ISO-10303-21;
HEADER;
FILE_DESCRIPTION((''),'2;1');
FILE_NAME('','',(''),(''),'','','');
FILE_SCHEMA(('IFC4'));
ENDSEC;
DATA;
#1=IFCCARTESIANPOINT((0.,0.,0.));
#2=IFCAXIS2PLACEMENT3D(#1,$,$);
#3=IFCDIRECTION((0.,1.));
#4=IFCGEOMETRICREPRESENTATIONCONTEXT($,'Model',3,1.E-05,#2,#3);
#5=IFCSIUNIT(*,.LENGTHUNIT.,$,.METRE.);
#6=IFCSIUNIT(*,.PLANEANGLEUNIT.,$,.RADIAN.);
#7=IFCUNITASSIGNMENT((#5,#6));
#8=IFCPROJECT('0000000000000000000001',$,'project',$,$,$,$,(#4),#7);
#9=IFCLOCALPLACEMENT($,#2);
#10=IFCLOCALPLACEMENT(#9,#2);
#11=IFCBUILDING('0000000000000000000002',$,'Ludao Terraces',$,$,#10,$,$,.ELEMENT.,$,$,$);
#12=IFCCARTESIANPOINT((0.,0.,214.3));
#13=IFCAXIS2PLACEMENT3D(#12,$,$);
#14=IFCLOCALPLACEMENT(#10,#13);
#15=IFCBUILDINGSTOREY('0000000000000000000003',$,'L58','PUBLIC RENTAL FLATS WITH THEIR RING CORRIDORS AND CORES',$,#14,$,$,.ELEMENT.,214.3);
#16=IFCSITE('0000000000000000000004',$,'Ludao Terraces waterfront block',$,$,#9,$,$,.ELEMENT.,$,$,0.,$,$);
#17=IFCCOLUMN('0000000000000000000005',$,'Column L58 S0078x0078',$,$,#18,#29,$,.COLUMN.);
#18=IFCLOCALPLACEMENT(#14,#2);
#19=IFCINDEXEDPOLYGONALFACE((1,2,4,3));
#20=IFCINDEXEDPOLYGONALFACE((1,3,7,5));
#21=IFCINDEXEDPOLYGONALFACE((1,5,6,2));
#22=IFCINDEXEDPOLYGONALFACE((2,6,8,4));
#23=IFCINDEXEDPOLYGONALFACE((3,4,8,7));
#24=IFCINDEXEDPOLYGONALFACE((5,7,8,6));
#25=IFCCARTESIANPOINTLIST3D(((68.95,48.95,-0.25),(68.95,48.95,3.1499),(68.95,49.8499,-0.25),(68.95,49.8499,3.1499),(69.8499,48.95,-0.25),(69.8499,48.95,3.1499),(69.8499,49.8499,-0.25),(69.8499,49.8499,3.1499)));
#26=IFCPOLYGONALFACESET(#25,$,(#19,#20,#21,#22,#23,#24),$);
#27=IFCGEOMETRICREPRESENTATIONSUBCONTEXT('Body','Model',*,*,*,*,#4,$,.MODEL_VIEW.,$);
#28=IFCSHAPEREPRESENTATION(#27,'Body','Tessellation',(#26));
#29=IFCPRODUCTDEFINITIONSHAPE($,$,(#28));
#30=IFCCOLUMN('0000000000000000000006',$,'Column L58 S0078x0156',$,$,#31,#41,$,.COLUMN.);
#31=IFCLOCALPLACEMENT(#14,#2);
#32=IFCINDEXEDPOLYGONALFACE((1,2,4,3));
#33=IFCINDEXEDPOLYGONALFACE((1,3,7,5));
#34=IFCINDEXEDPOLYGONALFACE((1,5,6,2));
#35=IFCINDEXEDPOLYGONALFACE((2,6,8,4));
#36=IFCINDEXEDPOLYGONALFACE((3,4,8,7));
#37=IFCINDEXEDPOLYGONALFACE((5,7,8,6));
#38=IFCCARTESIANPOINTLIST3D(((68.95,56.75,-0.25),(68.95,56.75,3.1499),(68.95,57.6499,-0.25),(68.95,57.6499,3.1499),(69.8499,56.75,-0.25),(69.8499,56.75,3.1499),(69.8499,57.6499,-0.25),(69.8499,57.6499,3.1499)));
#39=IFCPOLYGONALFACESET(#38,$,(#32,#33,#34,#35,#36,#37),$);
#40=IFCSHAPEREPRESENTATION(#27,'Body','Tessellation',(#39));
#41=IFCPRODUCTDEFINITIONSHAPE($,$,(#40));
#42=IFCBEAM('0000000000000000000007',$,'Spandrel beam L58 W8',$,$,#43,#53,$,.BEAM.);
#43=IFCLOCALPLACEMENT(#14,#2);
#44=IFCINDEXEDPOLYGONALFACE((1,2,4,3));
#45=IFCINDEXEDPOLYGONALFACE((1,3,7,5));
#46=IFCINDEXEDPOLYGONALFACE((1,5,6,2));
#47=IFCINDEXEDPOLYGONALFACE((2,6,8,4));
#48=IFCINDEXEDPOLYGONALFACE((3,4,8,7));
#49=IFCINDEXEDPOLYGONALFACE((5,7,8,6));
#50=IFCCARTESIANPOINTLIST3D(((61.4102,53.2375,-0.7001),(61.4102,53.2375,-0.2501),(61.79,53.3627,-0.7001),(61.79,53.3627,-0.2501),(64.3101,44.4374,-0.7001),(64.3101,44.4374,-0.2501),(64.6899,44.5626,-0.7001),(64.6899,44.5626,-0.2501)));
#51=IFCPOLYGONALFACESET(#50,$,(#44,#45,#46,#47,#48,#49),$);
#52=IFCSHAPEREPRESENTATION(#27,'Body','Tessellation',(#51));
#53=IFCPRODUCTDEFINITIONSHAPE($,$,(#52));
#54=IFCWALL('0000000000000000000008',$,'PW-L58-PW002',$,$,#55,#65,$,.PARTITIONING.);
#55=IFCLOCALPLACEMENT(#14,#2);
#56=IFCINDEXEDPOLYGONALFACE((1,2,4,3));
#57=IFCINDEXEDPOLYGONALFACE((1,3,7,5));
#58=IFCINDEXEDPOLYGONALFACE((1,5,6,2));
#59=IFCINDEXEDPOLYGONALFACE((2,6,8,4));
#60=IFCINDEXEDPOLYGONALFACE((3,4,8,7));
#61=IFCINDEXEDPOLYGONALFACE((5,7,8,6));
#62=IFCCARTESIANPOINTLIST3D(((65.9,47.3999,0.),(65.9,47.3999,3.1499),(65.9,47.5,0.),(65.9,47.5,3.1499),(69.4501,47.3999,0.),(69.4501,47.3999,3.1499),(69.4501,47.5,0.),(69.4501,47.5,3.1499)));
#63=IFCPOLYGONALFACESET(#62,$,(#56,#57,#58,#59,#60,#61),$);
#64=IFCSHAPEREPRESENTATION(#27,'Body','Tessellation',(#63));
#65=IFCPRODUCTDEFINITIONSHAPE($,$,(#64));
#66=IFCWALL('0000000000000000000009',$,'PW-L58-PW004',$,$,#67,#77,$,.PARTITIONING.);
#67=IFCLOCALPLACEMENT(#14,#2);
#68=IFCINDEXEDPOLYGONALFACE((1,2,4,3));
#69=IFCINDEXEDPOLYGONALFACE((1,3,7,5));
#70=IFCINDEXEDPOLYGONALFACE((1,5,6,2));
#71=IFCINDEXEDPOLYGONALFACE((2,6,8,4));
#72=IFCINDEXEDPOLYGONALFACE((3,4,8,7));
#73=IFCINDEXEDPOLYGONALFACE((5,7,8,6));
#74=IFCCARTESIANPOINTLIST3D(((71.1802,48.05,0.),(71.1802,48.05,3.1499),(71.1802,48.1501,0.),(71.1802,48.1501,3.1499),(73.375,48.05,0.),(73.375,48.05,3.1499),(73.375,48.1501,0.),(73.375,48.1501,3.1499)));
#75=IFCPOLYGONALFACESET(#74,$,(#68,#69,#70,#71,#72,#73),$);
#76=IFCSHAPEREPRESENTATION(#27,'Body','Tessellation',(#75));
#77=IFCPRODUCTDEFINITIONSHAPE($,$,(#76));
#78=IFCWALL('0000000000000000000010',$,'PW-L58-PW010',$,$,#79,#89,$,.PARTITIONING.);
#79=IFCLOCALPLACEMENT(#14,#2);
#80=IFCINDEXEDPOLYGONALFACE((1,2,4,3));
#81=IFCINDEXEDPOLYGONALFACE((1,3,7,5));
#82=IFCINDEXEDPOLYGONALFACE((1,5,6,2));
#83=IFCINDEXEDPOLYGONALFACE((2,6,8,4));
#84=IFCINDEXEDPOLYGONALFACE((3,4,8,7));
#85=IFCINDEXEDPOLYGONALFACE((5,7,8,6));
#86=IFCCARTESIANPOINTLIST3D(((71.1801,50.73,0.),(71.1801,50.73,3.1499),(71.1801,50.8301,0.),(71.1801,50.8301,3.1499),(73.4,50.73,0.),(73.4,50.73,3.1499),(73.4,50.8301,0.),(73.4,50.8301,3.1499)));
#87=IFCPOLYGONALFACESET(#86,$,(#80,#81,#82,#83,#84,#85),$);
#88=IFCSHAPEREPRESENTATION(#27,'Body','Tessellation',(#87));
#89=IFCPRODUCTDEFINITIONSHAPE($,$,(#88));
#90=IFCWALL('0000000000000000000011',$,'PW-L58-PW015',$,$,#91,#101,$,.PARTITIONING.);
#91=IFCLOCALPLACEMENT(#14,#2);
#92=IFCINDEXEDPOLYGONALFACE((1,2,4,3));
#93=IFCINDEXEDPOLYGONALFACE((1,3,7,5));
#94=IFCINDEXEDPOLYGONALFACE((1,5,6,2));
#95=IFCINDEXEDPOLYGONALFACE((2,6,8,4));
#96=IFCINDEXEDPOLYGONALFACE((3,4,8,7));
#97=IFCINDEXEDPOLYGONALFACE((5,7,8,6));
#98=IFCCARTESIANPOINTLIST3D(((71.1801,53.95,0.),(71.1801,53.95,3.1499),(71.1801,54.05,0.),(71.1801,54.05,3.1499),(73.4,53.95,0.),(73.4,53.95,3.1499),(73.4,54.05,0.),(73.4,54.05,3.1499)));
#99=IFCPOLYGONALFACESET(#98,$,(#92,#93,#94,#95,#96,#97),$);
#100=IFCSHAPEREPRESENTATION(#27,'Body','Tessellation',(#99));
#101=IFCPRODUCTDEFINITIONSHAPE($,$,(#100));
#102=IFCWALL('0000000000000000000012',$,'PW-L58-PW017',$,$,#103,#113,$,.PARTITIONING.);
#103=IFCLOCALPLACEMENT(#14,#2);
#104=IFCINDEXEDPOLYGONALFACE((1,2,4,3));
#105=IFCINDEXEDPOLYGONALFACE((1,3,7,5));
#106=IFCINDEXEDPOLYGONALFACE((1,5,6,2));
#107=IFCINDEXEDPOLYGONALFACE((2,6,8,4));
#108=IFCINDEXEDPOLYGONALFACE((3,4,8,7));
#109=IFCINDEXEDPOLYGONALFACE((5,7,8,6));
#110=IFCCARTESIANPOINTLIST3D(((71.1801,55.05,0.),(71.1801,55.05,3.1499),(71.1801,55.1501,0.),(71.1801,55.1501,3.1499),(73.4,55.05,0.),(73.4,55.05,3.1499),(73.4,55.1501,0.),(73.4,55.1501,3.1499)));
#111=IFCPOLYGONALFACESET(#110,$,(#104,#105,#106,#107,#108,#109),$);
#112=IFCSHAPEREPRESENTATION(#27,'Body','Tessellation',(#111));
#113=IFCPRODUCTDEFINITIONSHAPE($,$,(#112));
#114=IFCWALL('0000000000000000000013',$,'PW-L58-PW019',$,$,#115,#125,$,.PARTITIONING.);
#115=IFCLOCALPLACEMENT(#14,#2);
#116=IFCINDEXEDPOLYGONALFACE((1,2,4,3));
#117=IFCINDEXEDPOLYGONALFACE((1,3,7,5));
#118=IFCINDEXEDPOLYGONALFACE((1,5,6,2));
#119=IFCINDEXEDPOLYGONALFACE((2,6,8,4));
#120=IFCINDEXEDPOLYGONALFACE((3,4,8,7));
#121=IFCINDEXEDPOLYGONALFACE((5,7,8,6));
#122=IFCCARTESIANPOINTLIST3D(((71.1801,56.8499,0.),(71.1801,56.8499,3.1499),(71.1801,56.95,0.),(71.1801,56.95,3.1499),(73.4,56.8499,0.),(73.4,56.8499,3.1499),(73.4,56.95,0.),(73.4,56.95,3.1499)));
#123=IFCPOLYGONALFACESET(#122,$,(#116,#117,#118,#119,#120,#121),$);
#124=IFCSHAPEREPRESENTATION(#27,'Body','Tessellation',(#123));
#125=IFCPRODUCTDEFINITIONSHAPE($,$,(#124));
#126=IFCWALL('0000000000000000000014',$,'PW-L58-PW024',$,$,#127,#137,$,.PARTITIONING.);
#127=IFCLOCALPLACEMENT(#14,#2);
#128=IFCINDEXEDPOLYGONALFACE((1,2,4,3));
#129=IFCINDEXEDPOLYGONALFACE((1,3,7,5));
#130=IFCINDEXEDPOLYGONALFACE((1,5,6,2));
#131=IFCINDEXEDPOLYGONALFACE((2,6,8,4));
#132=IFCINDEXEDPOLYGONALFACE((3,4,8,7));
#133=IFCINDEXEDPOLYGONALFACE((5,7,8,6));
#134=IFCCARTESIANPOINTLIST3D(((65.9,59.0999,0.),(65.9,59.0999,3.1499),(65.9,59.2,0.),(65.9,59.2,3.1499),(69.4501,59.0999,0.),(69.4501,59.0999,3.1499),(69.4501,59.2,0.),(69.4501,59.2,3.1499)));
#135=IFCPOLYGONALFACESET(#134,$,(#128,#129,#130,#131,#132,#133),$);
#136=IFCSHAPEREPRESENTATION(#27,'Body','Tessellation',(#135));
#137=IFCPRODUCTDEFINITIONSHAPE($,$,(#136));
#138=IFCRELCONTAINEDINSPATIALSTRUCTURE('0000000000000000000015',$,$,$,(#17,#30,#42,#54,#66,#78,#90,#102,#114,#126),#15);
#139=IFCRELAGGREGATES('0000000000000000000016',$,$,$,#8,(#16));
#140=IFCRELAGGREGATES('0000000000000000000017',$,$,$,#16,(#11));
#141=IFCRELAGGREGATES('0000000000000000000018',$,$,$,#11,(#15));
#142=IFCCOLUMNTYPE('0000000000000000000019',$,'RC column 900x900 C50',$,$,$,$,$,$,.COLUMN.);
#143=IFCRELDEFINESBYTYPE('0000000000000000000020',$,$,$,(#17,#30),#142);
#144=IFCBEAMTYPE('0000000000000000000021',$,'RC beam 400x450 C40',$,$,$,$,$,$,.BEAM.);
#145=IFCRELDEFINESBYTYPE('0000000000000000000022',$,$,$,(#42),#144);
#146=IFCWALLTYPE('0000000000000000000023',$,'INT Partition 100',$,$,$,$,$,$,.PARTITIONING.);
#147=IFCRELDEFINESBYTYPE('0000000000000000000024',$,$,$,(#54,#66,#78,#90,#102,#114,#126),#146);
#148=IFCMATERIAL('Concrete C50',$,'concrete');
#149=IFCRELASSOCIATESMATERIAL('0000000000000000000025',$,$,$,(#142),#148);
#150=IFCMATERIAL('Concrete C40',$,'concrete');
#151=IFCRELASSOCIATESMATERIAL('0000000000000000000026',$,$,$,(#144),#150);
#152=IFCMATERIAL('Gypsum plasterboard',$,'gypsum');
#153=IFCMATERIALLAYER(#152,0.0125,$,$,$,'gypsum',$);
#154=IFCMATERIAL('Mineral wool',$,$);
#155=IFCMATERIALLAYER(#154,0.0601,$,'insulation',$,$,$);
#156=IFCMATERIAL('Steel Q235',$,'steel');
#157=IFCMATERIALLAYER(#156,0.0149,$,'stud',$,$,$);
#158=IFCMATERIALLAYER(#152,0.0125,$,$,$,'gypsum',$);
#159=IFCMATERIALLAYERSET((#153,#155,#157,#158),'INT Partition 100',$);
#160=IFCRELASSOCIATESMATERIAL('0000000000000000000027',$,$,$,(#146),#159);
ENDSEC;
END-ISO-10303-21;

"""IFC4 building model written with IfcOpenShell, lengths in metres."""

from ifc_helpers import new_model, si_unit, direction, frame, frame_2d, origin, origin_2d, place, context, subcontext, project, spatial, rectangle, extrude, material, layer, layer_set, material_profile, profile_set, type_object, element, save


model = new_model("IFC4")

# Units and contexts
model_context = context("Model", 3, precision=1e-05, world=origin(), true_north=direction((0.0, 1.0)))
body_context = subcontext(model_context, "Body", "Model", "MODEL_VIEW")
ifc_project = project(units=[si_unit("LENGTHUNIT", "METRE"), si_unit("PLANEANGLEUNIT", "RADIAN")], contexts=[model_context])

# Site, building, storey
site_placement = place(None, origin())
site = spatial("IfcSite", under=ifc_project, at=site_placement, Name="Ludao Terraces waterfront block", CompositionType="ELEMENT", RefElevation=0.0)
building_placement = place(site_placement, origin())
building = spatial("IfcBuilding", under=site, at=building_placement, Name="Ludao Terraces", CompositionType="ELEMENT")
storey_placement = place(building_placement, frame((0.0, 0.0, 214.3)))
storey = spatial("IfcBuildingStorey", under=building, at=storey_placement, Name="L58", Description="PUBLIC RENTAL FLATS WITH THEIR RING CORRIDORS AND CORES", CompositionType="ELEMENT", Elevation=214.3)

# Columns
ifc_material_1 = material(Name="Concrete C50", Category="concrete")
ifc_material_profile_1 = material_profile(ifc_material_1, rectangle(XDim=0.8999, YDim=0.8999, at=origin_2d()), Name="900 X 900")
ifc_profile_set_1 = profile_set([ifc_material_profile_1], Name="Concrete C50")
column_type = type_object("IfcColumnType", Name="RC column 900x900 C50", PredefinedType="COLUMN", material=ifc_profile_set_1)
for number, where, z_axis, x_axis, name in (
    (1, (69.3999, 49.3999, -0.25), (0.0, 0.0, 1.0), (1.0, 0.0, 0.0), "Column L58 S0078x0078"),
    (2, (69.3999, 57.2, -0.25), (0.0, 0.0, 1.0), (1.0, 0.0, 0.0), "Column L58 S0078x0156"),
):
    element("IfcColumn", number, at=place(storey_placement, frame(where, z_axis=z_axis, x_axis=x_axis)), inside=storey, type_object=column_type, Name=name, PredefinedType="COLUMN", context=body_context, shape_type="SweptSolid", body=[
        extrude(rectangle(XDim=0.8999, YDim=0.8999, at=origin_2d()), origin(), (0.0, 0.0, 1.0), 3.3999),
    ])

# Beam
ifc_material_2 = material(Name="Concrete C40", Category="concrete")
ifc_material_profile_2 = material_profile(ifc_material_2, rectangle(XDim=0.3999, YDim=0.45, at=origin_2d()), Name="400 X 450")
ifc_profile_set_2 = profile_set([ifc_material_profile_2], Name="Concrete C40")
beam_type = type_object("IfcBeamType", Name="RC beam 400x450 C40", PredefinedType="BEAM", material=ifc_profile_set_2)
beam_placement = place(storey_placement, frame((64.5, 44.5, -0.4751), z_axis=(-0.312977, 0.949761, 0.0), x_axis=(-0.949761, -0.312977, 0.0)))
element("IfcBeam", 3, at=beam_placement, inside=storey, type_object=beam_type, Name="Spandrel beam L58 W8", PredefinedType="BEAM", context=body_context, shape_type="SweptSolid", body=[
    extrude(rectangle(XDim=0.3999, YDim=0.45, at=origin_2d()), origin(), (0.0, 0.0, 1.0), 9.2656),
])

# Walls
ifc_material_3 = material(Name="Gypsum plasterboard", Category="gypsum")
ifc_layer_1 = layer(ifc_material_3, 0.0125, Category="gypsum")
ifc_material_4 = material(Name="Mineral wool")
ifc_layer_2 = layer(ifc_material_4, 0.0601, Name="insulation")
ifc_material_5 = material(Name="Steel Q235", Category="steel")
ifc_layer_3 = layer(ifc_material_5, 0.0149, Name="stud")
ifc_layer_4 = layer(ifc_material_3, 0.0125, Category="gypsum")
ifc_layer_set = layer_set([ifc_layer_1, ifc_layer_2, ifc_layer_3, ifc_layer_4], Name="INT Partition 100")
wall_type = type_object("IfcWallType", Name="INT Partition 100", PredefinedType="PARTITIONING", material=ifc_layer_set)
wall_1_placement = place(storey_placement, frame((65.9001, 47.45, 0.0), z_axis=(0.0, 0.0, 1.0), x_axis=(1.0, 0.0, 0.0)))
element("IfcWall", 4, at=wall_1_placement, inside=storey, type_object=wall_type, Name="PW-L58-PW002", PredefinedType="PARTITIONING", context=body_context, shape_type="SweptSolid", body=[
    extrude(rectangle(XDim=3.55, YDim=0.1001, at=frame_2d((1.7749, 0.0))), origin(), (0.0, 0.0, 1.0), 3.1499),
])
wall_2_placement = place(storey_placement, frame((71.1802, 48.1001, 0.0), z_axis=(0.0, 0.0, 1.0), x_axis=(1.0, 0.0, 0.0)))
element("IfcWall", 5, at=wall_2_placement, inside=storey, type_object=wall_type, Name="PW-L58-PW004", PredefinedType="PARTITIONING", context=body_context, shape_type="SweptSolid", body=[
    extrude(rectangle(XDim=2.1948, YDim=0.1001, at=frame_2d((1.0974, 0.0))), origin(), (0.0, 0.0, 1.0), 3.1499),
])
for number, where, z_axis, x_axis, name in (
    (6, (71.1802, 50.78, 0.0), (0.0, 0.0, 1.0), (1.0, 0.0, 0.0), "PW-L58-PW010"),
    (7, (71.1802, 54.0, 0.0), (0.0, 0.0, 1.0), (1.0, 0.0, 0.0), "PW-L58-PW015"),
    (8, (71.1802, 55.1001, 0.0), (0.0, 0.0, 1.0), (1.0, 0.0, 0.0), "PW-L58-PW017"),
    (9, (71.1802, 56.8999, 0.0), (0.0, 0.0, 1.0), (1.0, 0.0, 0.0), "PW-L58-PW019"),
):
    element("IfcWall", number, at=place(storey_placement, frame(where, z_axis=z_axis, x_axis=x_axis)), inside=storey, type_object=wall_type, Name=name, PredefinedType="PARTITIONING", context=body_context, shape_type="SweptSolid", body=[
        extrude(rectangle(XDim=2.22, YDim=0.1001, at=frame_2d((1.1099, 0.0))), origin(), (0.0, 0.0, 1.0), 3.1499),
    ])
wall_3_placement = place(storey_placement, frame((65.9001, 59.1499, 0.0), z_axis=(0.0, 0.0, 1.0), x_axis=(1.0, 0.0, 0.0)))
element("IfcWall", 10, at=wall_3_placement, inside=storey, type_object=wall_type, Name="PW-L58-PW024", PredefinedType="PARTITIONING", context=body_context, shape_type="SweptSolid", body=[
    extrude(rectangle(XDim=3.55, YDim=0.1001, at=frame_2d((1.7749, 0.0))), origin(), (0.0, 0.0, 1.0), 3.1499),
])

save(model, "model.ifc")
